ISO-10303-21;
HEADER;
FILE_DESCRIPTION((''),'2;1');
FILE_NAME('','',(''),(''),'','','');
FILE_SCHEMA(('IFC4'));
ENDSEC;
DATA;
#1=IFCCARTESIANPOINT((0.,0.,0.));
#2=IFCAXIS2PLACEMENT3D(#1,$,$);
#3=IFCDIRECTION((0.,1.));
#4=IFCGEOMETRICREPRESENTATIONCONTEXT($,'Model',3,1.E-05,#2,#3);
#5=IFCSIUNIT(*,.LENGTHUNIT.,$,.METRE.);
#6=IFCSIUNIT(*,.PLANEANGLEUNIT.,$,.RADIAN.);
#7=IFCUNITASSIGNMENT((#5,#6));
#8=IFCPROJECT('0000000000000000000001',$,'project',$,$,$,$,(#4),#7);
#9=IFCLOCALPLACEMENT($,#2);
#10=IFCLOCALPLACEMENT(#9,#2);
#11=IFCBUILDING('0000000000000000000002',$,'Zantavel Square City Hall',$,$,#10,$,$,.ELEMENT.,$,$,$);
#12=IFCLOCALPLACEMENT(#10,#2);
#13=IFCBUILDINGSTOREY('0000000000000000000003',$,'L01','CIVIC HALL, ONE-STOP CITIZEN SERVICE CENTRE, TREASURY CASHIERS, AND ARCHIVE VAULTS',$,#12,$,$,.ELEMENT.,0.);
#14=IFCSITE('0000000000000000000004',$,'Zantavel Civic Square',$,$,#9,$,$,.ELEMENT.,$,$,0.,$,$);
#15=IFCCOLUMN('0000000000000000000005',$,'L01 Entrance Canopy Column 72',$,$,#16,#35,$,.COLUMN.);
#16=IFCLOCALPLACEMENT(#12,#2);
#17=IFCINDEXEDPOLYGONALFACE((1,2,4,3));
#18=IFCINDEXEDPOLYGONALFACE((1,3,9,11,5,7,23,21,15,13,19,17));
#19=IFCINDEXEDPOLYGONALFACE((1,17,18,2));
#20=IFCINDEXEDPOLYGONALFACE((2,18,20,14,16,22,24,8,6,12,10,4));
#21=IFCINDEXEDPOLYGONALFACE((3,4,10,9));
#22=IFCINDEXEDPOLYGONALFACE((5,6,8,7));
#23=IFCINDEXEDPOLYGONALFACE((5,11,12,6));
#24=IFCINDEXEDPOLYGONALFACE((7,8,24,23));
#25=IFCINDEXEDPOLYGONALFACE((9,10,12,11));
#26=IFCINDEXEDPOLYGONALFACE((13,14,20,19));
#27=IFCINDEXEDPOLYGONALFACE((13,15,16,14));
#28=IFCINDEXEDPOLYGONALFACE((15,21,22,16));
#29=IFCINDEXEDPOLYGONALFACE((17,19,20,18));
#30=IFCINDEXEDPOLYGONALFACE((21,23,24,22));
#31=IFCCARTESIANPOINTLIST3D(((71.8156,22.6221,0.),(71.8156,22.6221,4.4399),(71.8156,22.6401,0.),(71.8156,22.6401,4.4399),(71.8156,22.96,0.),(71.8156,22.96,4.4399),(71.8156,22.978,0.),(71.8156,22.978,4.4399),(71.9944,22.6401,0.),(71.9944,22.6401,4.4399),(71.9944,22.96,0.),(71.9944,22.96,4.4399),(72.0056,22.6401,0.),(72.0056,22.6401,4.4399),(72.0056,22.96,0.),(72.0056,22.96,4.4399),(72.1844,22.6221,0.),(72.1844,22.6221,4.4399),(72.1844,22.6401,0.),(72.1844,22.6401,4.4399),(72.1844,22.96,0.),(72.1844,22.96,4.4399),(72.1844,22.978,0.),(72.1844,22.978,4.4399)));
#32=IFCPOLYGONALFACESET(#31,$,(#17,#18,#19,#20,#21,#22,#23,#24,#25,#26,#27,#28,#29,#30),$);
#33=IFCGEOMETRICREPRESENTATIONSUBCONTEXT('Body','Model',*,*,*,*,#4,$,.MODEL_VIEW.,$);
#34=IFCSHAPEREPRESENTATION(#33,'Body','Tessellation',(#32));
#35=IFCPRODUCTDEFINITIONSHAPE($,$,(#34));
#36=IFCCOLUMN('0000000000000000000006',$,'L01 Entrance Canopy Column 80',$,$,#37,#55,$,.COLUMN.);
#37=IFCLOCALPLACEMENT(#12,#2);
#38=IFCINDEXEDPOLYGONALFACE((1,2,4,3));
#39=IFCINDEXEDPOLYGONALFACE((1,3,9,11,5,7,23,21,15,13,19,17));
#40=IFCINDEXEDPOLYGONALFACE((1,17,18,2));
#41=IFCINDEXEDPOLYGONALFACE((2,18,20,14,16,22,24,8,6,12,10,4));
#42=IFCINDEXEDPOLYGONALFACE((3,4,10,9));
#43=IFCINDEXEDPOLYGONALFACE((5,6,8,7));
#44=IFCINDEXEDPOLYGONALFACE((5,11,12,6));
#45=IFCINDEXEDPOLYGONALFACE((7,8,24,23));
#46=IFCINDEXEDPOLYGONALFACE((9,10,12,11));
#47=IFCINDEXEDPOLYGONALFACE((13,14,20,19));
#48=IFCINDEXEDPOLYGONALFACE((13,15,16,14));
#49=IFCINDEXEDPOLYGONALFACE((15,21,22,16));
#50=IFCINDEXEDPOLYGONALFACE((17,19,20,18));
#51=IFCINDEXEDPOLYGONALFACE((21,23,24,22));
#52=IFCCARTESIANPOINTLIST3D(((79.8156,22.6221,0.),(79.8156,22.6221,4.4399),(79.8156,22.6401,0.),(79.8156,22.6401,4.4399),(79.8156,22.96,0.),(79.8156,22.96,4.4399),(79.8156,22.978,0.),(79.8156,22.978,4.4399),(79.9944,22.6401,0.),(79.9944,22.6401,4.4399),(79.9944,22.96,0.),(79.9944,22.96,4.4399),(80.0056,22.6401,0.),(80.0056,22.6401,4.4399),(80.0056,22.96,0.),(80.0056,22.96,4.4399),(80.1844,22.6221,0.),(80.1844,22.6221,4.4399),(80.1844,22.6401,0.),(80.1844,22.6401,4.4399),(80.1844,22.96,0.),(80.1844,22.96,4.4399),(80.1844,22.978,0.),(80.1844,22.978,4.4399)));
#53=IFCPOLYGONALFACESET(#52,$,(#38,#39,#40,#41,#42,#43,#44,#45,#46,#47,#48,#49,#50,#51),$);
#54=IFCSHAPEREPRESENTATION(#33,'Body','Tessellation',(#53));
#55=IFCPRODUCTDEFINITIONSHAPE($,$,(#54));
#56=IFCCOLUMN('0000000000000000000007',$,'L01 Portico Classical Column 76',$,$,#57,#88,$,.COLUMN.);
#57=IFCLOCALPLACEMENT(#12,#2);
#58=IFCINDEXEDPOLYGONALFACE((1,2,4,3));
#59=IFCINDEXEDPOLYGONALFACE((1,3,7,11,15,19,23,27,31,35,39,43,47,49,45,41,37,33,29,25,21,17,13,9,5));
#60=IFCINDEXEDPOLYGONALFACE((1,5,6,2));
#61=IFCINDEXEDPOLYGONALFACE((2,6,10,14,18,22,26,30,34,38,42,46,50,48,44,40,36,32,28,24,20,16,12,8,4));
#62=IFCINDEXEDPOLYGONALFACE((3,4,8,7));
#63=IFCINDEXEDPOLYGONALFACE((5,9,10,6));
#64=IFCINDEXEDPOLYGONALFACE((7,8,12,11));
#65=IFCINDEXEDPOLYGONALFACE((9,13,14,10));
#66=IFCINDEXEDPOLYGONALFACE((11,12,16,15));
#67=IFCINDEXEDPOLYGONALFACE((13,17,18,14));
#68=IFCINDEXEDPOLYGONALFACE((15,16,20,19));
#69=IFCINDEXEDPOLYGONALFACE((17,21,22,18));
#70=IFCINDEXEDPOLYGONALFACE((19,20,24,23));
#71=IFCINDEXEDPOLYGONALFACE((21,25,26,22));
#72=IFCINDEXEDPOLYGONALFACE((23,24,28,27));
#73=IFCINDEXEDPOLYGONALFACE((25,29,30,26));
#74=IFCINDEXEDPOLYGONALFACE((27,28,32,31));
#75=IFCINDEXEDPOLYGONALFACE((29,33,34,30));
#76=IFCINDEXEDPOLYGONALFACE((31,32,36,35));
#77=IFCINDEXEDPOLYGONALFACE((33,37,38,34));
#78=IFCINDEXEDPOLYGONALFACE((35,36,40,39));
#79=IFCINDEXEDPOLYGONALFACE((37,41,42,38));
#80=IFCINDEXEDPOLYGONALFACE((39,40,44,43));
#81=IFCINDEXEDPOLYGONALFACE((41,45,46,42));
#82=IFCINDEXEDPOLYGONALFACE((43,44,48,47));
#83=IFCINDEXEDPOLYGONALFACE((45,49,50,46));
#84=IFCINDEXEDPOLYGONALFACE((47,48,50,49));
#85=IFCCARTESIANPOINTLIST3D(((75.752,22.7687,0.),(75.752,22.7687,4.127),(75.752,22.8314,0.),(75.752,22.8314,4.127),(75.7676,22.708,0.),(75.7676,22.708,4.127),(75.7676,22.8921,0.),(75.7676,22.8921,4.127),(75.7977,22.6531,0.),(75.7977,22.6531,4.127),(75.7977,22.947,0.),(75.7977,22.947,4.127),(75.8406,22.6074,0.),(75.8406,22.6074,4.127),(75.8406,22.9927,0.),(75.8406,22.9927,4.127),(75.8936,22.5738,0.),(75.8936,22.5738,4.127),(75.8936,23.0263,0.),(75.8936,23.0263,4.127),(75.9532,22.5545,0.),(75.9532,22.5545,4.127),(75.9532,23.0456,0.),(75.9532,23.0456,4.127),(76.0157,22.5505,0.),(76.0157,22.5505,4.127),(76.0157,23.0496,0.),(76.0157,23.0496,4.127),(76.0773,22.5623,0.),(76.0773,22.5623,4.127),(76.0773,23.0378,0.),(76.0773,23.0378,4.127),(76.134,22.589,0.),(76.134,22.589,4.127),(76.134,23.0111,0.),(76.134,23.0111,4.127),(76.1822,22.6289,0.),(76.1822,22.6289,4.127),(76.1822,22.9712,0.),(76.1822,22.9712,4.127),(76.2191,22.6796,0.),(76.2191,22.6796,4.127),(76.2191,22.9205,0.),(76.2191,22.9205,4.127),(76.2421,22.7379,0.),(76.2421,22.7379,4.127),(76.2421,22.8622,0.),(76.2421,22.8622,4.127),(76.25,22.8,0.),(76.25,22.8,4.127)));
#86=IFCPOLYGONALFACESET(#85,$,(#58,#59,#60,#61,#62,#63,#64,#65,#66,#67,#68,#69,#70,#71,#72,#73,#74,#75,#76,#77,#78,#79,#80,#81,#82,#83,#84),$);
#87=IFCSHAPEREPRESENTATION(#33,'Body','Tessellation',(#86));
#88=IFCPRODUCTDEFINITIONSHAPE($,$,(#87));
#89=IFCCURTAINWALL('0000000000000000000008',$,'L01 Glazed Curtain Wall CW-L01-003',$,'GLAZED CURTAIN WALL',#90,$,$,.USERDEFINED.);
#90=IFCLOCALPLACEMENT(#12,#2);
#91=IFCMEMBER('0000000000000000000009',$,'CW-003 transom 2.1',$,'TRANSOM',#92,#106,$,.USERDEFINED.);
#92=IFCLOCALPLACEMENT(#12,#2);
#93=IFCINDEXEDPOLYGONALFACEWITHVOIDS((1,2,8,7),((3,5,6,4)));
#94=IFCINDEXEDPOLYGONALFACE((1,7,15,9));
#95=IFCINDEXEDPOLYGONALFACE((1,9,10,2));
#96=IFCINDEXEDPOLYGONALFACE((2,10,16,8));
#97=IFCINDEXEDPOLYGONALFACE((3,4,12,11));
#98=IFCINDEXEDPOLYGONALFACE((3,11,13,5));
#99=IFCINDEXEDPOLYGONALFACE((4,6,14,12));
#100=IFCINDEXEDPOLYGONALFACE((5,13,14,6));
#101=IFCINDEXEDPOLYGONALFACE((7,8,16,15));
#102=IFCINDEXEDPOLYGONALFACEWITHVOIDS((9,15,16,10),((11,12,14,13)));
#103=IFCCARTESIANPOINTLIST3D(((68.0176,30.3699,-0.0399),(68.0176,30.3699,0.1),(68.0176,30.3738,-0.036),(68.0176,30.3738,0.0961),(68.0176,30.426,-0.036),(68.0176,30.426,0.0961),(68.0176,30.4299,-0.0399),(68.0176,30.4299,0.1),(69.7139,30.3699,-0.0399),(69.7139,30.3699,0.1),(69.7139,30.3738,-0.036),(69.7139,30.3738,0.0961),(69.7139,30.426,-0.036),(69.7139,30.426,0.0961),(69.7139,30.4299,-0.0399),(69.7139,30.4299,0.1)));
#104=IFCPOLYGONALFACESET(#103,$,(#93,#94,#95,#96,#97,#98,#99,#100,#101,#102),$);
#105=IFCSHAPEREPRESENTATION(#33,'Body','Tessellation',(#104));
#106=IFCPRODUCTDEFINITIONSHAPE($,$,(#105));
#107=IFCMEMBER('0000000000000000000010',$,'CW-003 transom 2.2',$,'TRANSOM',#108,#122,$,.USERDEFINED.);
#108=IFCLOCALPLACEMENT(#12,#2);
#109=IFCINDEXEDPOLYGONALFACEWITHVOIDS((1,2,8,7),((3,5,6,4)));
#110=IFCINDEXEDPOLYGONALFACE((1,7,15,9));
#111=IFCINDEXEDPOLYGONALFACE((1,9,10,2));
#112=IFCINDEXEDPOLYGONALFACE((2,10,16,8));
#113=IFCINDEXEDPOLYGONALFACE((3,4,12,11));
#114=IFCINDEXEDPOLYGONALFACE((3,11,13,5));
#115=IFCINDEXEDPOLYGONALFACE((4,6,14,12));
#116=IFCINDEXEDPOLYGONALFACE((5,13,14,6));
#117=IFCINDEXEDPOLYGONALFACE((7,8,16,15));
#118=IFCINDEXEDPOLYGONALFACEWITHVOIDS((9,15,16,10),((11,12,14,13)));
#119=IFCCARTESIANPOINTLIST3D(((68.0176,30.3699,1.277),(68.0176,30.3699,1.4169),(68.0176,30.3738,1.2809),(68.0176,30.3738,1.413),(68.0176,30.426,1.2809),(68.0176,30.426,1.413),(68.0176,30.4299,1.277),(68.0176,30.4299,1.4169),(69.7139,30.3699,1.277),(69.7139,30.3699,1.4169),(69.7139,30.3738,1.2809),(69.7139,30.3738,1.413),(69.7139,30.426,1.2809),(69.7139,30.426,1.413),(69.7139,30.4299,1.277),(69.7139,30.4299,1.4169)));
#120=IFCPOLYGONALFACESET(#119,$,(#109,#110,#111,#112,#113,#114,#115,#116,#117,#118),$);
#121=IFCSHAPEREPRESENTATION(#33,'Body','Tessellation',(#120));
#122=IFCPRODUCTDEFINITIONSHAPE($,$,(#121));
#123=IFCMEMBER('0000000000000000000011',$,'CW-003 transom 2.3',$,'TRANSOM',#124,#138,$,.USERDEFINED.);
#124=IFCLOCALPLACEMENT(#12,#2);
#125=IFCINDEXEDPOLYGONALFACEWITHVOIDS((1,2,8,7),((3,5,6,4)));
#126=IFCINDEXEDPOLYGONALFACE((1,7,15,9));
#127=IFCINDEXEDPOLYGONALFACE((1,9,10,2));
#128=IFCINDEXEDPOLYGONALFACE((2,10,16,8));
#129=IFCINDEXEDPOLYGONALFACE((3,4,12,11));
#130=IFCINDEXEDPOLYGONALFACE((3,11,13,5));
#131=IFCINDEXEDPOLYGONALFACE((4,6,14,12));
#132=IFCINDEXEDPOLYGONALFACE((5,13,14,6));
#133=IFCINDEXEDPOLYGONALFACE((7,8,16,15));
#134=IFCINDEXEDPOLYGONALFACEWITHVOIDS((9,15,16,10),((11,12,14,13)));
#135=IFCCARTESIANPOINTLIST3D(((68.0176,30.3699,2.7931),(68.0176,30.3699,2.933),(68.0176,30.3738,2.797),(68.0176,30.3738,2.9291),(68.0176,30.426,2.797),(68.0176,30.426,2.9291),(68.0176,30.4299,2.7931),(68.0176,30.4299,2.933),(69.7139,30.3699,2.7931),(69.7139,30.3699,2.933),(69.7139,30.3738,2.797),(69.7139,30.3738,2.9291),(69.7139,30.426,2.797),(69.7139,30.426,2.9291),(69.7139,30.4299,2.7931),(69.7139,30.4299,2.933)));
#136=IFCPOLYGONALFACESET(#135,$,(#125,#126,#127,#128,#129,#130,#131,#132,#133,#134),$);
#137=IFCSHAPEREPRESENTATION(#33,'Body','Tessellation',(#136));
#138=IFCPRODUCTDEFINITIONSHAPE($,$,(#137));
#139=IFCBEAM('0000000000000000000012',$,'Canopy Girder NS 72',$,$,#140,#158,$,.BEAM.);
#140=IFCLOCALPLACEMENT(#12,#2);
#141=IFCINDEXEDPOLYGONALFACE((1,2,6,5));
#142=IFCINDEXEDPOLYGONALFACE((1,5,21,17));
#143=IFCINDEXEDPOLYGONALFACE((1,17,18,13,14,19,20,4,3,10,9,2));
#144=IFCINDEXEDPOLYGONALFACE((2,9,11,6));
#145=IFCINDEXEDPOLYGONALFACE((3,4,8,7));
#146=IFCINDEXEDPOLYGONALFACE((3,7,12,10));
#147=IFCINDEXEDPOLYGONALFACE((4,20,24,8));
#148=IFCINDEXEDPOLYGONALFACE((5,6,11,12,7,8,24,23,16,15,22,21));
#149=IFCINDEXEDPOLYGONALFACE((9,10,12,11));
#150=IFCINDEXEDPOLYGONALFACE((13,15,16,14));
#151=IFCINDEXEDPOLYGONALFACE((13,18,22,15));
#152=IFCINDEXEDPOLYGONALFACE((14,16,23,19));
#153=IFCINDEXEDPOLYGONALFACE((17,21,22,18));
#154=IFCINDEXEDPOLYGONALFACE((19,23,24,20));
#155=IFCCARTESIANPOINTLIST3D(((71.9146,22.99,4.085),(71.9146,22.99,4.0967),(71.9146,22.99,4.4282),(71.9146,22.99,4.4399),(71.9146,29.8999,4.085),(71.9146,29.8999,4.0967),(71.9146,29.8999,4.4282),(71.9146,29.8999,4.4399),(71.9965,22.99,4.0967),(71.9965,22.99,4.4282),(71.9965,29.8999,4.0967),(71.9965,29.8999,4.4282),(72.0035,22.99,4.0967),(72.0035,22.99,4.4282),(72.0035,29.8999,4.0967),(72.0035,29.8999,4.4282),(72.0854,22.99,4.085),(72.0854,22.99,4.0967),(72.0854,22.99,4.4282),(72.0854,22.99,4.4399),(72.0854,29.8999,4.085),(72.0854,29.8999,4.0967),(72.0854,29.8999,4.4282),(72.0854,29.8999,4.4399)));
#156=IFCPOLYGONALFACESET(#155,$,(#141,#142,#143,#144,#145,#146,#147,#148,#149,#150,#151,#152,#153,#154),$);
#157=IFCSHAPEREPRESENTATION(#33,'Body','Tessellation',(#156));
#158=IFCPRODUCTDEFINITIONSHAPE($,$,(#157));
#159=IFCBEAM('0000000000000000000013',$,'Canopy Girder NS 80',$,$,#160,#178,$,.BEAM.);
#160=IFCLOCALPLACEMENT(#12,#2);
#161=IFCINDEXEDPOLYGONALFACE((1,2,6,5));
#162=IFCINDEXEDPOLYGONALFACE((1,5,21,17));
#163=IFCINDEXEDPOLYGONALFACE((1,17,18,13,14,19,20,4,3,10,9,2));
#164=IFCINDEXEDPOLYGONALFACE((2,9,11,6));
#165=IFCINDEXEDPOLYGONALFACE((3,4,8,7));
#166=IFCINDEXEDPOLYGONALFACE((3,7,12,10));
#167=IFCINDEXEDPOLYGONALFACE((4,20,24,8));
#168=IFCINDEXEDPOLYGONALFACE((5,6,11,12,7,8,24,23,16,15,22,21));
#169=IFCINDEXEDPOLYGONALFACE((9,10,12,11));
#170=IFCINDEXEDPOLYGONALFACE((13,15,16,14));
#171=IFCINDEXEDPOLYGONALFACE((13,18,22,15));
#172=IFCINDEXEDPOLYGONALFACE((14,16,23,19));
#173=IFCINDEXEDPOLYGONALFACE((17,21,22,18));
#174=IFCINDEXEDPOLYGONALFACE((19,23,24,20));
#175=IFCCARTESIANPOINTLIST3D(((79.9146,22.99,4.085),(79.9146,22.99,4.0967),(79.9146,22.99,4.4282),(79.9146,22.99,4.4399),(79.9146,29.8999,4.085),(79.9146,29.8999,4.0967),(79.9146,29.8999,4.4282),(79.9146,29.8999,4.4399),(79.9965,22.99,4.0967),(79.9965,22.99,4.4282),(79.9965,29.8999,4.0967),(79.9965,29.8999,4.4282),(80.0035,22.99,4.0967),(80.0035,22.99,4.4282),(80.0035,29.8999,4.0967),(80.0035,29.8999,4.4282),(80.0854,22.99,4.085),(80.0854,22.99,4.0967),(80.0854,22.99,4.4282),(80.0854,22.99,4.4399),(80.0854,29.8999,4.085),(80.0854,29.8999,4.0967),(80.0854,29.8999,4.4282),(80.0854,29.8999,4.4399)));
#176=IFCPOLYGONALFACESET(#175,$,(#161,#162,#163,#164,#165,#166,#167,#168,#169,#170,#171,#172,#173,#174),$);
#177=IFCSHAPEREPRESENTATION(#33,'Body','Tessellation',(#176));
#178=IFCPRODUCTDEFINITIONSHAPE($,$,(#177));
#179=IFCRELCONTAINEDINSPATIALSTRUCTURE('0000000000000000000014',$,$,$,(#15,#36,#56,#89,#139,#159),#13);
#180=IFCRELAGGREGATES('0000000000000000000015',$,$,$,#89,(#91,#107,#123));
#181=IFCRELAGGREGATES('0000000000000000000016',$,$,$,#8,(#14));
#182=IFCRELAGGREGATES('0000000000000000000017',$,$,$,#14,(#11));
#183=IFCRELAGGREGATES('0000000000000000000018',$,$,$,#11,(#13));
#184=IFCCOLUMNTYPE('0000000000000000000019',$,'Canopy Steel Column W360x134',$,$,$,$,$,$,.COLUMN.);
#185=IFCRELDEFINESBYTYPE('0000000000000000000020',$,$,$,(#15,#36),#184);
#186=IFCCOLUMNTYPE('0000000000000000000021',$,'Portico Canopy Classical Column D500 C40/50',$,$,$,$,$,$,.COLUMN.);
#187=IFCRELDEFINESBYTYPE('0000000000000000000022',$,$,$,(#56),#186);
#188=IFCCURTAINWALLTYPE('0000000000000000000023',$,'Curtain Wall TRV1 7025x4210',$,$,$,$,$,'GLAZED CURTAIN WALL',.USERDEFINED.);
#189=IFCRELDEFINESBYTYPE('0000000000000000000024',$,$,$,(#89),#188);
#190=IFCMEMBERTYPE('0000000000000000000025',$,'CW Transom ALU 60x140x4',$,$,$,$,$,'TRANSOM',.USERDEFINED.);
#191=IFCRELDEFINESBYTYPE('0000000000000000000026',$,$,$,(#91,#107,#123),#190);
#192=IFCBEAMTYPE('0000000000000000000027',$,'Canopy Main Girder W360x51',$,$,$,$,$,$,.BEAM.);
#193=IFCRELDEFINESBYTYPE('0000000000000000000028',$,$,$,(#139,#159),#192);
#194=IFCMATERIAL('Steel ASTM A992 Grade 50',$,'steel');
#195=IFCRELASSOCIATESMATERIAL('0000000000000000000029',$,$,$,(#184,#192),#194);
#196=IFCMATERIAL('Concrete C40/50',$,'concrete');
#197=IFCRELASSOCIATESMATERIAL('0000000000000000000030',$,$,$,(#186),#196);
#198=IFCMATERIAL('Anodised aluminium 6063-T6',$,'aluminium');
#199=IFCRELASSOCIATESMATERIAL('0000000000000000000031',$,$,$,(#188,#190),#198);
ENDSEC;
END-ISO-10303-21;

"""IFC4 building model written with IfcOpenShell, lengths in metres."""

from ifc_helpers import new_model, si_unit, direction, frame, origin, origin_2d, place, context, subcontext, project, spatial, hollow_rectangle, circle, i_section, extrude, material, material_profile, profile_set, type_object, element, aggregate, save


model = new_model("IFC4")

# Units and contexts
model_context = context("Model", 3, precision=1e-05, world=origin(), true_north=direction((0.0, 1.0)))
body_context = subcontext(model_context, "Body", "Model", "MODEL_VIEW")
ifc_project = project(units=[si_unit("LENGTHUNIT", "METRE"), si_unit("PLANEANGLEUNIT", "RADIAN")], contexts=[model_context])

# Site, building, storey
site_placement = place(None, origin())
site = spatial("IfcSite", under=ifc_project, at=site_placement, Name="Zantavel Civic Square", CompositionType="ELEMENT", RefElevation=0.0)
building_placement = place(site_placement, origin())
building = spatial("IfcBuilding", under=site, at=building_placement, Name="Zantavel Square City Hall", CompositionType="ELEMENT")
storey_placement = place(building_placement, origin())
storey = spatial("IfcBuildingStorey", under=building, at=storey_placement, Name="L01", Description="CIVIC HALL, ONE-STOP CITIZEN SERVICE CENTRE, TREASURY CASHIERS, AND ARCHIVE VAULTS", CompositionType="ELEMENT", Elevation=0.0)

# Columns
ifc_material_1 = material(Name="Steel ASTM A992 Grade 50", Category="steel")
ifc_material_profile_1 = material_profile(ifc_material_1, i_section(OverallWidth=0.3689, OverallDepth=0.356, WebThickness=0.0112, FlangeThickness=0.0181, at=origin_2d()), Name="W360x134")
ifc_profile_set_1 = profile_set([ifc_material_profile_1], Name="Steel ASTM A992 Grade 50")
column_type_1 = type_object("IfcColumnType", Name="Canopy Steel Column W360x134", PredefinedType="COLUMN", material=ifc_profile_set_1)
for number, where, z_axis, x_axis, name in (
    (1, (72.0, 22.8, 0.0), (0.0, 0.0, 1.0), (1.0, 0.0, 0.0), "L01 Entrance Canopy Column 72"),
    (2, (80.0, 22.8, 0.0), (0.0, 0.0, 1.0), (1.0, 0.0, 0.0), "L01 Entrance Canopy Column 80"),
):
    element("IfcColumn", number, at=place(storey_placement, frame(where, z_axis=z_axis, x_axis=x_axis)), inside=storey, type_object=column_type_1, Name=name, PredefinedType="COLUMN", context=body_context, shape_type="SweptSolid", body=[
        extrude(i_section(OverallWidth=0.3689, OverallDepth=0.356, WebThickness=0.0112, FlangeThickness=0.0181, at=origin_2d()), origin(), (0.0, 0.0, 1.0), 4.4399),
    ])
ifc_material_2 = material(Name="Concrete C40/50", Category="concrete")
ifc_material_profile_2 = material_profile(ifc_material_2, circle(Radius=0.25, at=origin_2d()), Name="ROUND D500")
ifc_profile_set_2 = profile_set([ifc_material_profile_2], Name="Concrete C40/50")
column_type_2 = type_object("IfcColumnType", Name="Portico Canopy Classical Column D500 C40/50", PredefinedType="COLUMN", material=ifc_profile_set_2)
column_placement = place(storey_placement, frame((76.0, 22.8, 0.0), z_axis=(0.0, 0.0, 1.0), x_axis=(1.0, 0.0, 0.0)))
element("IfcColumn", 3, at=column_placement, inside=storey, type_object=column_type_2, Name="L01 Portico Classical Column 76", PredefinedType="COLUMN", context=body_context, shape_type="SweptSolid", body=[
    extrude(circle(Radius=0.25, at=origin_2d()), origin(), (0.0, 0.0, 1.0), 4.127),
])

# Curtain wall, members
ifc_material_3 = material(Name="Anodised aluminium 6063-T6", Category="aluminium")
curtain_wall_type = type_object("IfcCurtainWallType", Name="Curtain Wall TRV1 7025x4210", ElementType="GLAZED CURTAIN WALL", PredefinedType="USERDEFINED", material=ifc_material_3)
curtain_wall_placement = place(storey_placement, origin())
curtain_wall = element("IfcCurtainWall", 4, at=curtain_wall_placement, inside=storey, type_object=curtain_wall_type, Name="L01 Glazed Curtain Wall CW-L01-003", ObjectType="GLAZED CURTAIN WALL", PredefinedType="USERDEFINED")
ifc_material_profile_3 = material_profile(ifc_material_3, hollow_rectangle(XDim=0.0601, YDim=0.1399, WallThickness=0.0039, at=origin_2d()), Name="ALU 60x140x4")
ifc_profile_set_3 = profile_set([ifc_material_profile_3], Name="Anodised aluminium 6063-T6")
member_type_1 = type_object("IfcMemberType", Name="CW Transom ALU 60x140x4", ElementType="TRANSOM", PredefinedType="USERDEFINED", material=ifc_profile_set_3)
member_1_placement = place(storey_placement, frame((69.7139, 30.3999, 0.03), z_axis=(-1.0, 0.0, 0.0), x_axis=(0.0, -1.0, 0.0)))
member_1 = element("IfcMember", 5, at=member_1_placement, type_object=member_type_1, Name="CW-003 transom 2.1", ObjectType="TRANSOM", PredefinedType="USERDEFINED", context=body_context, shape_type="SweptSolid", body=[
    extrude(hollow_rectangle(XDim=0.0601, YDim=0.1399, WallThickness=0.0039, at=origin_2d()), origin(), (0.0, 0.0, 1.0), 1.6963),
])
member_2_placement = place(storey_placement, frame((69.7139, 30.3999, 1.3469), z_axis=(-1.0, 0.0, 0.0), x_axis=(0.0, -1.0, 0.0)))
member_2 = element("IfcMember", 6, at=member_2_placement, type_object=member_type_1, Name="CW-003 transom 2.2", ObjectType="TRANSOM", PredefinedType="USERDEFINED", context=body_context, shape_type="SweptSolid", body=[
    extrude(hollow_rectangle(XDim=0.0601, YDim=0.1399, WallThickness=0.0039, at=origin_2d()), origin(), (0.0, 0.0, 1.0), 1.6963),
])
member_3_placement = place(storey_placement, frame((69.7139, 30.3999, 2.863), z_axis=(-1.0, 0.0, 0.0), x_axis=(0.0, -1.0, 0.0)))
member_3 = element("IfcMember", 7, at=member_3_placement, type_object=member_type_1, Name="CW-003 transom 2.3", ObjectType="TRANSOM", PredefinedType="USERDEFINED", context=body_context, shape_type="SweptSolid", body=[
    extrude(hollow_rectangle(XDim=0.0601, YDim=0.1399, WallThickness=0.0039, at=origin_2d()), origin(), (0.0, 0.0, 1.0), 1.6963),
])
aggregate(curtain_wall, [member_1, member_2, member_3])

# Beams
ifc_material_profile_4 = material_profile(ifc_material_1, i_section(OverallWidth=0.1709, OverallDepth=0.355, WebThickness=0.0071, FlangeThickness=0.0117, at=origin_2d()), Name="W360x51")
ifc_profile_set_4 = profile_set([ifc_material_profile_4], Name="Steel ASTM A992 Grade 50")
beam_type_1 = type_object("IfcBeamType", Name="Canopy Main Girder W360x51", PredefinedType="BEAM", material=ifc_profile_set_4)
for number, where, z_axis, x_axis, name in (
    (8, (72.0, 22.99, 4.2625), (0.0, 1.0, 0.0), (-1.0, 0.0, 0.0), "Canopy Girder NS 72"),
    (9, (80.0, 22.99, 4.2625), (0.0, 1.0, 0.0), (-1.0, 0.0, 0.0), "Canopy Girder NS 80"),
):
    element("IfcBeam", number, at=place(storey_placement, frame(where, z_axis=z_axis, x_axis=x_axis)), inside=storey, type_object=beam_type_1, Name=name, PredefinedType="BEAM", context=body_context, shape_type="SweptSolid", body=[
        extrude(i_section(OverallWidth=0.1709, OverallDepth=0.355, WebThickness=0.0071, FlangeThickness=0.0117, at=origin_2d()), origin(), (0.0, 0.0, 1.0), 6.9099),
    ])

save(model, "model.ifc")
